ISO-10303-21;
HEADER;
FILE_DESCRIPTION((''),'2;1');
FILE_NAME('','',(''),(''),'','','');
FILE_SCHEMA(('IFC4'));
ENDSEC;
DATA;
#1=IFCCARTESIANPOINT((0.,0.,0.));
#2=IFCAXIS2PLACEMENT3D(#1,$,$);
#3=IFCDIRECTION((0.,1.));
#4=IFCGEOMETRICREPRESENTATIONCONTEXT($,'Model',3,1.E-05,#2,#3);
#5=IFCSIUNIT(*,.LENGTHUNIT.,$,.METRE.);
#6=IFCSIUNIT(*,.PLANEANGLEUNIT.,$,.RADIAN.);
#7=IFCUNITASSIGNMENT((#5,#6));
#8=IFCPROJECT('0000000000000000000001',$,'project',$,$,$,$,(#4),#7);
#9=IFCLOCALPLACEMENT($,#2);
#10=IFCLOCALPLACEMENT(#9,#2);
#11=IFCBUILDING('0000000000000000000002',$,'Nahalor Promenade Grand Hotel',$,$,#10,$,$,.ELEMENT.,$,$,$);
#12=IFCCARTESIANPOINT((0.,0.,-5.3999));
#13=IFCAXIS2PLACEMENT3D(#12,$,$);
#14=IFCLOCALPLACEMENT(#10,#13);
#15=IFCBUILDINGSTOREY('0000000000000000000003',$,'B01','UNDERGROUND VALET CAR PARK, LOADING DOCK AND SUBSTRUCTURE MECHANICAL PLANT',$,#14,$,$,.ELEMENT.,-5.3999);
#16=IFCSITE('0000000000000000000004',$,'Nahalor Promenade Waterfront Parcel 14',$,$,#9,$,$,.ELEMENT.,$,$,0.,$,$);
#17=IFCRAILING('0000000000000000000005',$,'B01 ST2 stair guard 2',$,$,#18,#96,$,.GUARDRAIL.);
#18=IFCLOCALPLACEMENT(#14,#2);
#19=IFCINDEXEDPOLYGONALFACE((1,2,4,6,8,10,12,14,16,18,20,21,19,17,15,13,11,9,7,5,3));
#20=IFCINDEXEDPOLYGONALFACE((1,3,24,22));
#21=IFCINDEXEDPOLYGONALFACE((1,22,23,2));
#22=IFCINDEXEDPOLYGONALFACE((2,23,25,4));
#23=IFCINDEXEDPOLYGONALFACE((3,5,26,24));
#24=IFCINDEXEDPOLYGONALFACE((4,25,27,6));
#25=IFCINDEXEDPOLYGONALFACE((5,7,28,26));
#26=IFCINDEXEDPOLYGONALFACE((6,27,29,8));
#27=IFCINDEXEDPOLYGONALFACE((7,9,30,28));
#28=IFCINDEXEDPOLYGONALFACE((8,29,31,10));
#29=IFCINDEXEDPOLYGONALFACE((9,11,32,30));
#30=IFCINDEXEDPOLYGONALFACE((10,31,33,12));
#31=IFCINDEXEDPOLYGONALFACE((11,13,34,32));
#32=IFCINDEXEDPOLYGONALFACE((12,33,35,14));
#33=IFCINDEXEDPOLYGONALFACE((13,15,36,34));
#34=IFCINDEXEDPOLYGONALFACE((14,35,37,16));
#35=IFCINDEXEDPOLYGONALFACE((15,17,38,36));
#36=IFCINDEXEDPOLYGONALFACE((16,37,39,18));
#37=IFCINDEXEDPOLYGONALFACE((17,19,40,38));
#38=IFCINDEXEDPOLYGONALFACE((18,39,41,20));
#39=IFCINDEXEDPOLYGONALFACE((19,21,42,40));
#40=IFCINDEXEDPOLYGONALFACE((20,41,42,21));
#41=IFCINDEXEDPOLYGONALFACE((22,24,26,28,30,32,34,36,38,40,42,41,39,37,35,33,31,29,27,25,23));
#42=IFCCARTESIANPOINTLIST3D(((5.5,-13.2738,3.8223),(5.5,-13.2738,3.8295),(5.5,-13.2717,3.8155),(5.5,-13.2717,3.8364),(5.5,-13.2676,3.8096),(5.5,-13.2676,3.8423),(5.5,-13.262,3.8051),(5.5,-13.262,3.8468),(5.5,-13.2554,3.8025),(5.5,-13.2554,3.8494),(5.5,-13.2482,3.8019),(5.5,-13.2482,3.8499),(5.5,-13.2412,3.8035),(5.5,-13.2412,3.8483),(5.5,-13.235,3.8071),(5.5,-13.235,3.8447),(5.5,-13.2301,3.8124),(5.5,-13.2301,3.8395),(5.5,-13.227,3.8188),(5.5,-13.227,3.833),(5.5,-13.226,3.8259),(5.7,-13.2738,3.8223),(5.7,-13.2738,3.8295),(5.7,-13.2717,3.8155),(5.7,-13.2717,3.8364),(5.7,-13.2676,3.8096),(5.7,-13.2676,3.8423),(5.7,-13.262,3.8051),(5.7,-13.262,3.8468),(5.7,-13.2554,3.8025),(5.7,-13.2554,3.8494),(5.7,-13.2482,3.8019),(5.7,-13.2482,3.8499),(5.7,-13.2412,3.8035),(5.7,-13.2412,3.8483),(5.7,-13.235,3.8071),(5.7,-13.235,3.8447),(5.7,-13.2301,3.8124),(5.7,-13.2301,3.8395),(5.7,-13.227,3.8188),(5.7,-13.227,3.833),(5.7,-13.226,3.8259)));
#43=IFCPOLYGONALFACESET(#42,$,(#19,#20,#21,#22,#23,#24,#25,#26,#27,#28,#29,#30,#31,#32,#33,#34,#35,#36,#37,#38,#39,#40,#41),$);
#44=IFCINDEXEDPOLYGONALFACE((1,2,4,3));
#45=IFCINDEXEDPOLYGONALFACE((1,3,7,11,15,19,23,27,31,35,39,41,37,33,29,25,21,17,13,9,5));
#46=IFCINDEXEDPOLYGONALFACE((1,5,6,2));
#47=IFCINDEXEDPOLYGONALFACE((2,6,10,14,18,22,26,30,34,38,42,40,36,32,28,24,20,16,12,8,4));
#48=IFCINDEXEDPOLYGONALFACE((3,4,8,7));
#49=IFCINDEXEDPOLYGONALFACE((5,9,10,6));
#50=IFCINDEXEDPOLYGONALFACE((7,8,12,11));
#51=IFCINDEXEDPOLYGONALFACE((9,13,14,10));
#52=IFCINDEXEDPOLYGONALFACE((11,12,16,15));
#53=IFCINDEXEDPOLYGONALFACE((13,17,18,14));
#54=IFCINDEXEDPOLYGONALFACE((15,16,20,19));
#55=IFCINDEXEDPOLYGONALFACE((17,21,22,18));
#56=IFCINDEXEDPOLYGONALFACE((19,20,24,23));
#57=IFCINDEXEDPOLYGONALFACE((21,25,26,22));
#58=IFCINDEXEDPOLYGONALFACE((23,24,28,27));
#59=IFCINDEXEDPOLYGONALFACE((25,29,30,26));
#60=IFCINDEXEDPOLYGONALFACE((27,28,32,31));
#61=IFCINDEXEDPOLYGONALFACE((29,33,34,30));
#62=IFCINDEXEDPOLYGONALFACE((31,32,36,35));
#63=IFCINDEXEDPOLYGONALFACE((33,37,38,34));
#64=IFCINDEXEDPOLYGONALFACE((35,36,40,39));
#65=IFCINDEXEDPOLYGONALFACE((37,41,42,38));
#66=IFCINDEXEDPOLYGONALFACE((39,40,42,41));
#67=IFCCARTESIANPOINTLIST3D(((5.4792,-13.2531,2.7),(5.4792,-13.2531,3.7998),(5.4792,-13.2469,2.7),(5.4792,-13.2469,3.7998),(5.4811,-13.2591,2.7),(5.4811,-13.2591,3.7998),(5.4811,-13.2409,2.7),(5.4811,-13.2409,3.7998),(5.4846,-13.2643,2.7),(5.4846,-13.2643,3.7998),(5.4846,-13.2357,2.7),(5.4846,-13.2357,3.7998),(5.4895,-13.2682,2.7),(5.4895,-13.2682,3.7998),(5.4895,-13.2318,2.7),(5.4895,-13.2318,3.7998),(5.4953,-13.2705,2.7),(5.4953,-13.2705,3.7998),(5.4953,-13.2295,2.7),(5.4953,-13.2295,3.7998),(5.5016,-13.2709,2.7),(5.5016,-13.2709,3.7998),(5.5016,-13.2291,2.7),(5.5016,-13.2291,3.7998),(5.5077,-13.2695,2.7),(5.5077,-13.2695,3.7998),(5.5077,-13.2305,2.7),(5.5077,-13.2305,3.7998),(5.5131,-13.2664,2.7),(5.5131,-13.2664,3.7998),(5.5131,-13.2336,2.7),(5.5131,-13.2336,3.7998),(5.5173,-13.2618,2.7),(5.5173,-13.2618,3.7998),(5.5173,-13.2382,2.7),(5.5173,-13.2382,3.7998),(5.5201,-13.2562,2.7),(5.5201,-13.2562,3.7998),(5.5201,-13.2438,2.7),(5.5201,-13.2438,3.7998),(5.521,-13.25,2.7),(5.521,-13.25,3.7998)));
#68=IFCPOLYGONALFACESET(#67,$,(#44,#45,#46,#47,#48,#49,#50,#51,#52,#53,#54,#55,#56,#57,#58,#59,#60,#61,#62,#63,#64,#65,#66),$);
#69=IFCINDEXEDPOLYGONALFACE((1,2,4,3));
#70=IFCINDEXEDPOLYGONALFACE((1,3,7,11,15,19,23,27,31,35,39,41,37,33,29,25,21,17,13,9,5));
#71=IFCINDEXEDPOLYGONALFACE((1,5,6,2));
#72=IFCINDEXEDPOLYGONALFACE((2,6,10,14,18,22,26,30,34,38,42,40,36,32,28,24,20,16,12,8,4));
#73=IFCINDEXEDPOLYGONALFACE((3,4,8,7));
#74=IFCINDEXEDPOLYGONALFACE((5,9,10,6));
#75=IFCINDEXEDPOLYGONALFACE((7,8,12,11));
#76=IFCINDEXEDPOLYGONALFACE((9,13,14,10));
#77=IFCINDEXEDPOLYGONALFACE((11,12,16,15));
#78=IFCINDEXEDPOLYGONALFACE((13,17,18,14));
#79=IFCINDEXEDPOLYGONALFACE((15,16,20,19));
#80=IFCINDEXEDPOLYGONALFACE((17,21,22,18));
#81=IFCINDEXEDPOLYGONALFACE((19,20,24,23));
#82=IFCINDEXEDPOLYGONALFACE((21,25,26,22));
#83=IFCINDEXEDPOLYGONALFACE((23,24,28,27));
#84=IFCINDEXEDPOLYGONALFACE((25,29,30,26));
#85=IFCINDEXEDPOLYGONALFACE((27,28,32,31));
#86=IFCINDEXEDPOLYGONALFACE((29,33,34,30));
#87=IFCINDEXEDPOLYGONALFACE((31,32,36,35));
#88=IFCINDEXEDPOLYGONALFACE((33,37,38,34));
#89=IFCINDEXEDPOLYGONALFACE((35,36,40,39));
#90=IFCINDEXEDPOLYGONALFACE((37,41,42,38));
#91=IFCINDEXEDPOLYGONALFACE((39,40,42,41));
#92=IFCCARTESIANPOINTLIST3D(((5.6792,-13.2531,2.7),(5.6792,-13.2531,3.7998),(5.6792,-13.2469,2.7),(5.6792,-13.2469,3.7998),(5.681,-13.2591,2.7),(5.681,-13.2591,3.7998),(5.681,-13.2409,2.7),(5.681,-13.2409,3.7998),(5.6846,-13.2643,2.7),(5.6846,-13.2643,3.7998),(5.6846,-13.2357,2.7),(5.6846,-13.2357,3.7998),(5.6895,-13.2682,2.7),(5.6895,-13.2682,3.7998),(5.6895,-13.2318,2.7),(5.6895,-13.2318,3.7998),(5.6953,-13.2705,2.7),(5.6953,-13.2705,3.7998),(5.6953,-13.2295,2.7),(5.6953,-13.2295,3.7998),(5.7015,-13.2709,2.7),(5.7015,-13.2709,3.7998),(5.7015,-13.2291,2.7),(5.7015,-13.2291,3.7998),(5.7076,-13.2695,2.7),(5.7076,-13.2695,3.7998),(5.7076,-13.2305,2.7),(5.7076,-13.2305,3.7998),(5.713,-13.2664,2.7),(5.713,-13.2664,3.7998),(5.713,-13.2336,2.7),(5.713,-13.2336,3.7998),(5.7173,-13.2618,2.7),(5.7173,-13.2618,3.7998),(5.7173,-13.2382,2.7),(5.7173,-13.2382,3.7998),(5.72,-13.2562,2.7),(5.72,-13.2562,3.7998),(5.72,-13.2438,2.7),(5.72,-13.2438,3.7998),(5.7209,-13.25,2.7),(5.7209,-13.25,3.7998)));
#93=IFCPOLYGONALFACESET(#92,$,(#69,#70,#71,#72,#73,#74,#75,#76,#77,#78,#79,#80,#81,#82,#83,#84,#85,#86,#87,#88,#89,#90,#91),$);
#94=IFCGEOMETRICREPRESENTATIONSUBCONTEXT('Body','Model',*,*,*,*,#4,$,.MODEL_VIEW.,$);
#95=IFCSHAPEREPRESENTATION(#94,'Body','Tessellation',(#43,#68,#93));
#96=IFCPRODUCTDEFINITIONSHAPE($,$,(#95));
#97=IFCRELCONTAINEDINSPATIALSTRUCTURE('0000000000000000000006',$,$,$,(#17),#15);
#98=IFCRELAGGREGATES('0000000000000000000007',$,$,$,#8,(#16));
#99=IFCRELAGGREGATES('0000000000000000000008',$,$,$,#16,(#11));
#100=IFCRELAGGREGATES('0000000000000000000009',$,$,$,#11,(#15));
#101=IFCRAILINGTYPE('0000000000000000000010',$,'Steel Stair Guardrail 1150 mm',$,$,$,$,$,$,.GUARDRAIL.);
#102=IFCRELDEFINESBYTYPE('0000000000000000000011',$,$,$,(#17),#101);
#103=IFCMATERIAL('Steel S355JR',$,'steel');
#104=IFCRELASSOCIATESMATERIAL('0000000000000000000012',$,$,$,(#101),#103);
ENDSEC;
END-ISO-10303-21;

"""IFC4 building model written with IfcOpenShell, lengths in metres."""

from ifc_helpers import new_model, si_unit, direction, frame, origin, origin_2d, place, context, subcontext, project, spatial, circle, extrude, material, type_object, element, save


model = new_model("IFC4")

# Units and contexts
model_context = context("Model", 3, precision=1e-05, world=origin(), true_north=direction((0.0, 1.0)))
body_context = subcontext(model_context, "Body", "Model", "MODEL_VIEW")
ifc_project = project(units=[si_unit("LENGTHUNIT", "METRE"), si_unit("PLANEANGLEUNIT", "RADIAN")], contexts=[model_context])

# Site, building, storey
site_placement = place(None, origin())
site = spatial("IfcSite", under=ifc_project, at=site_placement, Name="Nahalor Promenade Waterfront Parcel 14", CompositionType="ELEMENT", RefElevation=0.0)
building_placement = place(site_placement, origin())
building = spatial("IfcBuilding", under=site, at=building_placement, Name="Nahalor Promenade Grand Hotel", CompositionType="ELEMENT")
storey_placement = place(building_placement, frame((0.0, 0.0, -5.3999)))
storey = spatial("IfcBuildingStorey", under=building, at=storey_placement, Name="B01", Description="UNDERGROUND VALET CAR PARK, LOADING DOCK AND SUBSTRUCTURE MECHANICAL PLANT", CompositionType="ELEMENT", Elevation=-5.3999)

# Shared definitions
ifc_material_1 = material(Name="Steel S355JR", Category="steel")

# Railing
railing_type_1 = type_object("IfcRailingType", Name="Steel Stair Guardrail 1150 mm", PredefinedType="GUARDRAIL", material=ifc_material_1)
railing_1_placement = place(storey_placement, frame((5.5, -13.25, 2.7)))
element("IfcRailing", 1, at=railing_1_placement, inside=storey, type_object=railing_type_1, Name="B01 ST2 stair guard 2", PredefinedType="GUARDRAIL", context=body_context, shape_type="SweptSolid", body=[
    extrude(circle(Radius=0.024, at=origin_2d()), frame((0.0, 0.0, 1.126), z_axis=(1.0, 0.0, 0.0), x_axis=(0.0, 1.0, 0.0)), (0.0, 0.0, 1.0), 0.2),
    extrude(circle(Radius=0.021, at=origin_2d()), origin(), (0.0, 0.0, 1.0), 1.0999),
    extrude(circle(Radius=0.021, at=origin_2d()), frame((0.2, 0.0, 0.0)), (0.0, 0.0, 1.0), 1.0999),
])

save(model, "model.ifc")
